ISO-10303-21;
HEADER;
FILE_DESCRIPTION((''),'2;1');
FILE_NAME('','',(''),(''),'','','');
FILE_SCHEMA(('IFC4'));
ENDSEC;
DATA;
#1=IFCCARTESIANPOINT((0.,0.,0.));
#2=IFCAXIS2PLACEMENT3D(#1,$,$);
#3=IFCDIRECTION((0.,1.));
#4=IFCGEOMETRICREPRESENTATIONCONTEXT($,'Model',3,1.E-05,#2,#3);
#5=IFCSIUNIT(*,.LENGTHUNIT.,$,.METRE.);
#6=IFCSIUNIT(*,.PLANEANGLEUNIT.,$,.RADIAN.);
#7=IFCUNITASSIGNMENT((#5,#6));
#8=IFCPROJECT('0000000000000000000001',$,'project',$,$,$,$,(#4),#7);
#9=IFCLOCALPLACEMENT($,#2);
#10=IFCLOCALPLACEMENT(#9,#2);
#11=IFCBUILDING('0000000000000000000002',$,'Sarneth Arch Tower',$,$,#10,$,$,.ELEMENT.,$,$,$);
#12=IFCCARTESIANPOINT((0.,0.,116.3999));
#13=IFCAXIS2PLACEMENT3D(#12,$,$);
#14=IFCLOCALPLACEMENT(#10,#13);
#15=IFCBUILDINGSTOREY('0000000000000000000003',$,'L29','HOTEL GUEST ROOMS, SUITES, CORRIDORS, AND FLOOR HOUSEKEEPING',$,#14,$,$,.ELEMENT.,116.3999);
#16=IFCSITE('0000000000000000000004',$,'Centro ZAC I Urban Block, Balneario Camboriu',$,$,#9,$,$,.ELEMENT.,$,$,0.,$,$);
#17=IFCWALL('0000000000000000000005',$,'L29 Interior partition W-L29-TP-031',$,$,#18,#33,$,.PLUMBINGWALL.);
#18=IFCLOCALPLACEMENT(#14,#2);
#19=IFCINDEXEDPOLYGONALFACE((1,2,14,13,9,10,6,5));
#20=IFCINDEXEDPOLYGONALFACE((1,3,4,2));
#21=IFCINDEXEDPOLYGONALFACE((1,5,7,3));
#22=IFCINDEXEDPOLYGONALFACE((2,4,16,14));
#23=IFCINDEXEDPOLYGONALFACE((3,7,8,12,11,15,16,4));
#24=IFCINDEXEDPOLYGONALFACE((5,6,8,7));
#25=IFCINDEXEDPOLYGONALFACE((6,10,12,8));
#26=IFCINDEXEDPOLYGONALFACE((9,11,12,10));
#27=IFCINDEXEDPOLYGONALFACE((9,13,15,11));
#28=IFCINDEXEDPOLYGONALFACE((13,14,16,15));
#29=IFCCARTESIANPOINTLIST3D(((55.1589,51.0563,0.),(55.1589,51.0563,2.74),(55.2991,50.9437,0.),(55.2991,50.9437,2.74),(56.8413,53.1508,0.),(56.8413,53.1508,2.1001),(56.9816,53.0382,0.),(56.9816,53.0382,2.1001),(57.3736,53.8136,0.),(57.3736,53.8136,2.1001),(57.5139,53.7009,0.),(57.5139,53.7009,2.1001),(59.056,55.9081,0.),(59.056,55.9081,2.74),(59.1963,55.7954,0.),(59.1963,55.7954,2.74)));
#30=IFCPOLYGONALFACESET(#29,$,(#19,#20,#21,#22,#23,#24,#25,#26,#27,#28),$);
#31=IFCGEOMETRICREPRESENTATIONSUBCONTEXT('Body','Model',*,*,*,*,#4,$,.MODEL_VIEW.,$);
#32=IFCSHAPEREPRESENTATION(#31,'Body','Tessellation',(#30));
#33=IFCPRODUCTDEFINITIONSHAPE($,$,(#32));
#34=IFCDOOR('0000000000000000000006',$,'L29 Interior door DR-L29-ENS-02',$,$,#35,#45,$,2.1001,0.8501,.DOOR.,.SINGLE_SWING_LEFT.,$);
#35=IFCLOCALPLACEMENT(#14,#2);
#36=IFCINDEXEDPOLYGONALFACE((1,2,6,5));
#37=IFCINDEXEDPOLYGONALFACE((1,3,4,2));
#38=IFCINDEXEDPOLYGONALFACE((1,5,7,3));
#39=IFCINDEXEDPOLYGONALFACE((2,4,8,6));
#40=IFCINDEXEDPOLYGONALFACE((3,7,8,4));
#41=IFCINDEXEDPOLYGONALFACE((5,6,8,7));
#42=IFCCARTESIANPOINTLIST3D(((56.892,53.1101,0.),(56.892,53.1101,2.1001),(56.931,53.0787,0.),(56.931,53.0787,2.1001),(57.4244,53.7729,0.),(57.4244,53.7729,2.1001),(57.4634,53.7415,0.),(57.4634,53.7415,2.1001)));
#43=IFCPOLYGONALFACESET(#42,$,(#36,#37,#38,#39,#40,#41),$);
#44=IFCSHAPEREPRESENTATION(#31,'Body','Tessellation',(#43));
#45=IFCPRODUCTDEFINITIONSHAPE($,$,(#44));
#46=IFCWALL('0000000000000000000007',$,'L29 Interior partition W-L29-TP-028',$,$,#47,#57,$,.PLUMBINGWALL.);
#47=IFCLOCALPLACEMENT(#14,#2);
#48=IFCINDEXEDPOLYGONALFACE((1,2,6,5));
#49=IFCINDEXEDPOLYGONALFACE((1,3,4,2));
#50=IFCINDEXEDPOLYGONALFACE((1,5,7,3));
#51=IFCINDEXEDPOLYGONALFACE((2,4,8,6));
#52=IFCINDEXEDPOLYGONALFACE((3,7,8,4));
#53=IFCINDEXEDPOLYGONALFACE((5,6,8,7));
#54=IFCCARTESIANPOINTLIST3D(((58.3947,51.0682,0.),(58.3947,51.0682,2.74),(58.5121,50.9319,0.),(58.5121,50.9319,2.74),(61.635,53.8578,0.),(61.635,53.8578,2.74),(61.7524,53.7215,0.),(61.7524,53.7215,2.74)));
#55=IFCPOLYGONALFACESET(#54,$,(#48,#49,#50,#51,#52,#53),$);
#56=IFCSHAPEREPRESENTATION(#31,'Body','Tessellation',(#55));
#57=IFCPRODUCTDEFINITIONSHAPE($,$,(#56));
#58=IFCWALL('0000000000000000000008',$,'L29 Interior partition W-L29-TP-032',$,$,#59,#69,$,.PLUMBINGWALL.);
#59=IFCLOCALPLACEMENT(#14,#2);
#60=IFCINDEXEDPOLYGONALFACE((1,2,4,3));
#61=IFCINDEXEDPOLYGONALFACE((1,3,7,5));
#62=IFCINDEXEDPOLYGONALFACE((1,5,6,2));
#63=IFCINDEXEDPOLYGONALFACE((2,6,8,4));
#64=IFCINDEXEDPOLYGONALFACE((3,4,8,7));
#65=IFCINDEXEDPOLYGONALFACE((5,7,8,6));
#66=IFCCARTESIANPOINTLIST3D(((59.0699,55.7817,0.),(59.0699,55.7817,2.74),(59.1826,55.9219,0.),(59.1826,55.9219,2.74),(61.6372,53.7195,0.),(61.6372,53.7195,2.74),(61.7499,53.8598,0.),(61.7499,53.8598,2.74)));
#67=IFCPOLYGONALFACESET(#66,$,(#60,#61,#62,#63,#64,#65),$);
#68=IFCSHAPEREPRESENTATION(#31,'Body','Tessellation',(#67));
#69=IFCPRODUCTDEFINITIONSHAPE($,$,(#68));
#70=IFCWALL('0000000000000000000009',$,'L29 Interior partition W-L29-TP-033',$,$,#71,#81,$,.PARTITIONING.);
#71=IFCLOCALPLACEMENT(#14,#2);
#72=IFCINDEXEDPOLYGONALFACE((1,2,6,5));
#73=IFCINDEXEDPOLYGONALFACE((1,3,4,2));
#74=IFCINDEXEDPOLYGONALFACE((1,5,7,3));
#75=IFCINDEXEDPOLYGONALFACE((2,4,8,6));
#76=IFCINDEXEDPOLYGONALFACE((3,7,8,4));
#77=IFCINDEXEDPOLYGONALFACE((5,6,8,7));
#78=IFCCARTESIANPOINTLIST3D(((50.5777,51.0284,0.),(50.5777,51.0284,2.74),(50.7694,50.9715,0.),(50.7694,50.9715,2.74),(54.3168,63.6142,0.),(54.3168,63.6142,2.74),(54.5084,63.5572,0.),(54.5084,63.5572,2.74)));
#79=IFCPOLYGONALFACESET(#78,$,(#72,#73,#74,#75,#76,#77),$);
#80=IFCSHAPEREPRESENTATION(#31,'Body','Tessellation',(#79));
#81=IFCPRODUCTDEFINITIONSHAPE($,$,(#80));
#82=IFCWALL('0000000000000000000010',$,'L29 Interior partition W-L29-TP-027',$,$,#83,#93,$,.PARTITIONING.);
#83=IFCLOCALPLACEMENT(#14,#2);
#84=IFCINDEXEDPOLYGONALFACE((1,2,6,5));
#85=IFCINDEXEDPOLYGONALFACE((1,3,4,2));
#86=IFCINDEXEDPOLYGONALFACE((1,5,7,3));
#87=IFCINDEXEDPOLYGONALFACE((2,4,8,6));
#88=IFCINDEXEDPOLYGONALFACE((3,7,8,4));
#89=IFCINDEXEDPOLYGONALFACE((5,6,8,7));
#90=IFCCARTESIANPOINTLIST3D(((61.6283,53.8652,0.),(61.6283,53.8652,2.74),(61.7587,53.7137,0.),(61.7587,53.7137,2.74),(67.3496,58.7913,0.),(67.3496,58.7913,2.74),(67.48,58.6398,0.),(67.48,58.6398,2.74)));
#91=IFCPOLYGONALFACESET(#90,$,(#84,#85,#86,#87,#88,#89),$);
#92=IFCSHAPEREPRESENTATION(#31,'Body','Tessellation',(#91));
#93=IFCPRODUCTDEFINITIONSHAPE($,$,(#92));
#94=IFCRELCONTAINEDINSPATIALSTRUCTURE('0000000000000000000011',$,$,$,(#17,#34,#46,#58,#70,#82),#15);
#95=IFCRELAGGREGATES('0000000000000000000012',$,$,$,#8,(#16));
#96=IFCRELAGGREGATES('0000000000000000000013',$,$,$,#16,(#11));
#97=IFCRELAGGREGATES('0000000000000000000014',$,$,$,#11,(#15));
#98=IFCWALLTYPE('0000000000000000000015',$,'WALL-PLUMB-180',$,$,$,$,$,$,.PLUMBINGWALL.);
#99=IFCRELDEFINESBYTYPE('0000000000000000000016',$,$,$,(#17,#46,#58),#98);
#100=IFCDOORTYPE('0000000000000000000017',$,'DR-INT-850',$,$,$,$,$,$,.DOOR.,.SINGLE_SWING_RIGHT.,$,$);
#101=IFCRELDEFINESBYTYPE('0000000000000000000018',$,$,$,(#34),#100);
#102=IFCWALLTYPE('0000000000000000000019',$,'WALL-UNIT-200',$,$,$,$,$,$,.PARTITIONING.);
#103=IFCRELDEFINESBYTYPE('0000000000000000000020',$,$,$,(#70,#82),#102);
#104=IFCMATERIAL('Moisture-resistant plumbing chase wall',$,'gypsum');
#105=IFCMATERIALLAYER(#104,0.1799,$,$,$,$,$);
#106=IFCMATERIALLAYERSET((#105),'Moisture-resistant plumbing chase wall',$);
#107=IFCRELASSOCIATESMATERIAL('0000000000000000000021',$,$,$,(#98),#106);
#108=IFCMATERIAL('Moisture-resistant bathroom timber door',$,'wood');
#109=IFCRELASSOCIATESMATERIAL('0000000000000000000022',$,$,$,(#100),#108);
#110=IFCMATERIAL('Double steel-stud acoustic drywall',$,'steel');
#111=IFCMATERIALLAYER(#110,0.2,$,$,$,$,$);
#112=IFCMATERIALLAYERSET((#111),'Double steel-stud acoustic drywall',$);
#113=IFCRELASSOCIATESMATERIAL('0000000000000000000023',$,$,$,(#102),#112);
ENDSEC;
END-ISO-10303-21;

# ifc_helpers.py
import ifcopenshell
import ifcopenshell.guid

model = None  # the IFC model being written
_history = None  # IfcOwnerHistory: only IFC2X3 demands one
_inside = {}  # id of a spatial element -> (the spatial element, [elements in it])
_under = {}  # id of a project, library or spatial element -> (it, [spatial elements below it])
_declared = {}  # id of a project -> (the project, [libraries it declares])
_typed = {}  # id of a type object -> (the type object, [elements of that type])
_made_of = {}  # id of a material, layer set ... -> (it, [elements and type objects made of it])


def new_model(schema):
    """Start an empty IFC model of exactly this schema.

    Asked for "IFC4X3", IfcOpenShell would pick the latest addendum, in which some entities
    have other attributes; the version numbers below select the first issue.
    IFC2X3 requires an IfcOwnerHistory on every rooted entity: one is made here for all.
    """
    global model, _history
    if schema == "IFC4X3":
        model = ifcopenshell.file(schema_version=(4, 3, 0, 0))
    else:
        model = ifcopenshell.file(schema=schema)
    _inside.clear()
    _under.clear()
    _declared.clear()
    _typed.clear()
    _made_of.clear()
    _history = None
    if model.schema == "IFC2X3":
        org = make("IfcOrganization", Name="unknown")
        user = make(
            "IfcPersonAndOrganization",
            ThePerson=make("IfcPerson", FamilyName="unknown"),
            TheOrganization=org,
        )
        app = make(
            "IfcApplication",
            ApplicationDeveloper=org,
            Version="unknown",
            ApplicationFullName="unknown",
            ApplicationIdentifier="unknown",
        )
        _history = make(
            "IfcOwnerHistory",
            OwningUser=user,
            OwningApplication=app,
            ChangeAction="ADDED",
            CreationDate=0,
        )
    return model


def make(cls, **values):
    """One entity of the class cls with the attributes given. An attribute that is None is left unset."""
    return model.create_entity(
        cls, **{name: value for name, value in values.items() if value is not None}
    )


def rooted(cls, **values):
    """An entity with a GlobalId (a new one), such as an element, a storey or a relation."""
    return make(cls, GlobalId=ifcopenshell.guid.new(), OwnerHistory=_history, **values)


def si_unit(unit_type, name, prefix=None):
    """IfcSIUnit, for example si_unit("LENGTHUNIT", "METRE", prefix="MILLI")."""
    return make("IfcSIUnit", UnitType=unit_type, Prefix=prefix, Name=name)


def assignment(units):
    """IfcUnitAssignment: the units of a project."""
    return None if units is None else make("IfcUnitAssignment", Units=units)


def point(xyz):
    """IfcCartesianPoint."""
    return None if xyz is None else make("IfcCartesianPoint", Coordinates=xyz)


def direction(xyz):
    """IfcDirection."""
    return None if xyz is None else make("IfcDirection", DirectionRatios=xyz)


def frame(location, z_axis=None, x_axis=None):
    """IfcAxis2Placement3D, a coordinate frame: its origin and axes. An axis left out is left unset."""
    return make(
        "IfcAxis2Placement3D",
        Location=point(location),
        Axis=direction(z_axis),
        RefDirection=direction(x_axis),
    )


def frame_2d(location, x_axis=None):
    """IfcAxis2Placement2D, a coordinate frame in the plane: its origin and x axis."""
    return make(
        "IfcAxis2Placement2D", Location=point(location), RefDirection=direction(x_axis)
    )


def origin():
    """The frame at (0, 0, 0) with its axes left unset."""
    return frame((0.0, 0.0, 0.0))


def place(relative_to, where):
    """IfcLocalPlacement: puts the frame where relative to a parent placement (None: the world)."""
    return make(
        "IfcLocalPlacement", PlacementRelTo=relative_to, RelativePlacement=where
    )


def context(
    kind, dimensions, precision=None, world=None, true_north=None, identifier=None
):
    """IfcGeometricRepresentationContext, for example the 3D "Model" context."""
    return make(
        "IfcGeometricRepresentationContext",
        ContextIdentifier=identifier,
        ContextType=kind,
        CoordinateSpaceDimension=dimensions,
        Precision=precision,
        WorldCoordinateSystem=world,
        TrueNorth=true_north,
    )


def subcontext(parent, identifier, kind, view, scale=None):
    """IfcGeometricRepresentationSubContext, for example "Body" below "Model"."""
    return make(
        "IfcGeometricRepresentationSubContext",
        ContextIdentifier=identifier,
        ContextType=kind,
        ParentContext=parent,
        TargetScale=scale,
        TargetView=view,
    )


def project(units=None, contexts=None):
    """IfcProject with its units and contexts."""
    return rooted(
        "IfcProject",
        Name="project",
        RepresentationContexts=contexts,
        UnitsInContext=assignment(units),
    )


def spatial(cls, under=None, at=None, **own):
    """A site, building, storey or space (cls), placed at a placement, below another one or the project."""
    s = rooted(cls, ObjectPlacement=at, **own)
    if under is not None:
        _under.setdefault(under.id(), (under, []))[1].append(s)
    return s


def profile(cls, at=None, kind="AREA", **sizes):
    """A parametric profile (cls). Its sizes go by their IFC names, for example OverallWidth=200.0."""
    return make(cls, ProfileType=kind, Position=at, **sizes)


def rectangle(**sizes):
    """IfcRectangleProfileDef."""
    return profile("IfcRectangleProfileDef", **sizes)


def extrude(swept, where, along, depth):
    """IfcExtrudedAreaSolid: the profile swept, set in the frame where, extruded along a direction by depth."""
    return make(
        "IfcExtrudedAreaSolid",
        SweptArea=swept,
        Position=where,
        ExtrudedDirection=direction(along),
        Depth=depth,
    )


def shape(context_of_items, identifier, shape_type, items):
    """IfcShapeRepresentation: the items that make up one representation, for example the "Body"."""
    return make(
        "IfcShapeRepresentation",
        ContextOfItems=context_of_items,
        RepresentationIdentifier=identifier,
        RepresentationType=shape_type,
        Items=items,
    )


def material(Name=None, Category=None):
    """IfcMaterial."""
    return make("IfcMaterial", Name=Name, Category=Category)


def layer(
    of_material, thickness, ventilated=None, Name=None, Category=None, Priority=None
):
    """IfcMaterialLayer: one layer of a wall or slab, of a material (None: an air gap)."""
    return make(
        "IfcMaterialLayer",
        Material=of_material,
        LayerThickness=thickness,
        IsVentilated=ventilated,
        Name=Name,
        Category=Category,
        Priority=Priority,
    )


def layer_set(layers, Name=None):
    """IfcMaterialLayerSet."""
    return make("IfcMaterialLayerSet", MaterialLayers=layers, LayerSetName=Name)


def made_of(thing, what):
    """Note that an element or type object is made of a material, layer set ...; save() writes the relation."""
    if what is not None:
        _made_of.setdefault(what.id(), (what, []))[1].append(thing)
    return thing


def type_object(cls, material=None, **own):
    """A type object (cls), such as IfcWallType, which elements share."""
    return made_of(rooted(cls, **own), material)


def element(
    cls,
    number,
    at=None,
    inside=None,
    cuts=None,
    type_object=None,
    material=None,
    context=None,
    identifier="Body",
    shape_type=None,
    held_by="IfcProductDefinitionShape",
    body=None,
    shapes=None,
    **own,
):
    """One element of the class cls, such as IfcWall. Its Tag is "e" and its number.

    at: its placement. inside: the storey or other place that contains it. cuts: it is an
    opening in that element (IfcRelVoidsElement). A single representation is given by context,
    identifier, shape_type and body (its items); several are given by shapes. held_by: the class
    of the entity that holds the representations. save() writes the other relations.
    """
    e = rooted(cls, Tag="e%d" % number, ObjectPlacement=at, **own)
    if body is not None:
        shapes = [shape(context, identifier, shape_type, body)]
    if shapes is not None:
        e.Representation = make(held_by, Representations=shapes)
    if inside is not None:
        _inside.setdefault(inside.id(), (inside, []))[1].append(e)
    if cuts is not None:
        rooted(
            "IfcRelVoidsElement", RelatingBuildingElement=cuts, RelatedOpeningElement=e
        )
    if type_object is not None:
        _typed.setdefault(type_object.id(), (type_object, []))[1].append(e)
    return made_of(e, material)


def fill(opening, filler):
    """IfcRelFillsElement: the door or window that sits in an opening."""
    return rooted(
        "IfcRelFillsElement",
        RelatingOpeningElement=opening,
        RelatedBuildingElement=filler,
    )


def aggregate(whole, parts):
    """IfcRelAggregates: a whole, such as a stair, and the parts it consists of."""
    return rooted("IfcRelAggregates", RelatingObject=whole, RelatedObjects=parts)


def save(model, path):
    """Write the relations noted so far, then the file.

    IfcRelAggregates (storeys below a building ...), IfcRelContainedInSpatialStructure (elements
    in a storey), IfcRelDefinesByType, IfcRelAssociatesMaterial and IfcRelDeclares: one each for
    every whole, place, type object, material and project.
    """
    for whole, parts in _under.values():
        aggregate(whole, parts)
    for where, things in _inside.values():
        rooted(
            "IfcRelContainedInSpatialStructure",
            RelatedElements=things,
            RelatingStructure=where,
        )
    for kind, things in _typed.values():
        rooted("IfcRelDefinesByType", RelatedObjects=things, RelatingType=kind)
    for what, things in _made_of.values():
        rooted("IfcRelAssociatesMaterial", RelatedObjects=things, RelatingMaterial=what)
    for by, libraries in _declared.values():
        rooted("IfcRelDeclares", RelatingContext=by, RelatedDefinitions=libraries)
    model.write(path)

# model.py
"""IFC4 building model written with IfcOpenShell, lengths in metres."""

from ifc_helpers import new_model, si_unit, direction, frame, frame_2d, origin, place, context, subcontext, project, spatial, rectangle, extrude, material, layer, layer_set, type_object, element, fill, save


model = new_model("IFC4")

# Units and contexts
model_context = context("Model", 3, precision=1e-05, world=origin(), true_north=direction((0.0, 1.0)))
body_context = subcontext(model_context, "Body", "Model", "MODEL_VIEW")
ifc_project = project(units=[si_unit("LENGTHUNIT", "METRE"), si_unit("PLANEANGLEUNIT", "RADIAN")], contexts=[model_context])

# Site, building, storey
site_placement = place(None, origin())
site = spatial("IfcSite", under=ifc_project, at=site_placement, Name="Centro ZAC I Urban Block, Balneario Camboriu", CompositionType="ELEMENT", RefElevation=0.0)
building_placement = place(site_placement, origin())
building = spatial("IfcBuilding", under=site, at=building_placement, Name="Sarneth Arch Tower", CompositionType="ELEMENT")
storey_placement = place(building_placement, frame((0.0, 0.0, 116.3999)))
storey = spatial("IfcBuildingStorey", under=building, at=storey_placement, Name="L29", Description="HOTEL GUEST ROOMS, SUITES, CORRIDORS, AND FLOOR HOUSEKEEPING", CompositionType="ELEMENT", Elevation=116.3999)

# Wall, opening, door
ifc_material_1 = material(Name="Moisture-resistant plumbing chase wall", Category="gypsum")
ifc_layer_1 = layer(ifc_material_1, 0.1799)
ifc_layer_set_1 = layer_set([ifc_layer_1], Name="Moisture-resistant plumbing chase wall")
wall_type_1 = type_object("IfcWallType", Name="WALL-PLUMB-180", PredefinedType="PLUMBINGWALL", material=ifc_layer_set_1)
wall_1_placement = place(storey_placement, frame((55.229, 51.0, 0.0), z_axis=(0.0, 0.0, 1.0), x_axis=(0.626239, 0.779631, 0.0)))
wall_1 = element("IfcWall", 1, at=wall_1_placement, inside=storey, type_object=wall_type_1, Name="L29 Interior partition W-L29-TP-031", PredefinedType="PLUMBINGWALL", context=body_context, shape_type="SweptSolid", body=[
    extrude(rectangle(XDim=6.2231, YDim=0.1799, at=frame_2d((3.1116, 0.0))), origin(), (0.0, 0.0, 1.0), 2.74),
])
opening_1_placement = place(wall_1_placement, frame((2.6865, 0.0, 0.0)))
opening_1 = element("IfcOpeningElement", 2, at=opening_1_placement, cuts=wall_1, PredefinedType="OPENING", context=body_context, shape_type="SweptSolid", body=[
    extrude(rectangle(XDim=0.8501, YDim=2.1001, at=frame_2d((0.425, 1.05))), frame((0.0, 0.0999, 0.0), z_axis=(0.0, -1.0, 0.0), x_axis=(1.0, 0.0, 0.0)), (0.0, 0.0, 1.0), 0.2),
])
ifc_material_2 = material(Name="Moisture-resistant bathroom timber door", Category="wood")
door_type_1 = type_object("IfcDoorType", Name="DR-INT-850", OperationType="SINGLE_SWING_RIGHT", PredefinedType="DOOR", material=ifc_material_2)
door_1_placement = place(opening_1_placement, origin())
door_1 = element("IfcDoor", 3, at=door_1_placement, inside=storey, type_object=door_type_1, Name="L29 Interior door DR-L29-ENS-02", OperationType="SINGLE_SWING_LEFT", OverallHeight=2.1001, OverallWidth=0.8501, PredefinedType="DOOR", context=body_context, shape_type="SweptSolid", body=[
    extrude(rectangle(XDim=0.8501, YDim=2.1001, at=frame_2d((0.425, 1.05))), frame((0.0, 0.0249, 0.0), z_axis=(0.0, -1.0, 0.0), x_axis=(1.0, 0.0, 0.0)), (0.0, 0.0, 1.0), 0.05),
])
fill(opening_1, door_1)

# Walls
wall_2_placement = place(storey_placement, frame((61.6936, 53.7896, 0.0), z_axis=(0.0, 0.0, 1.0), x_axis=(-0.757844, -0.652436, 0.0)))
element("IfcWall", 4, at=wall_2_placement, inside=storey, type_object=wall_type_1, Name="L29 Interior partition W-L29-TP-028", PredefinedType="PLUMBINGWALL", context=body_context, shape_type="SweptSolid", body=[
    extrude(rectangle(XDim=4.2756, YDim=0.1799, at=frame_2d((2.1377, 0.0))), origin(), (0.0, 0.0, 1.0), 2.74),
])
wall_3_placement = place(storey_placement, frame((59.1262, 55.8518, 0.0), z_axis=(0.0, 0.0, 1.0), x_axis=(0.77963, -0.62624, 0.0)))
element("IfcWall", 5, at=wall_3_placement, inside=storey, type_object=wall_type_1, Name="L29 Interior partition W-L29-TP-032", PredefinedType="PLUMBINGWALL", context=body_context, shape_type="SweptSolid", body=[
    extrude(rectangle(XDim=3.293, YDim=0.1799, at=frame_2d((1.6465, 0.0))), origin(), (0.0, 0.0, 1.0), 2.74),
])
ifc_material_3 = material(Name="Double steel-stud acoustic drywall", Category="steel")
ifc_layer_2 = layer(ifc_material_3, 0.2)
ifc_layer_set_2 = layer_set([ifc_layer_2], Name="Double steel-stud acoustic drywall")
wall_type_2 = type_object("IfcWallType", Name="WALL-UNIT-200", PredefinedType="PARTITIONING", material=ifc_layer_set_2)
wall_4_placement = place(storey_placement, frame((54.4126, 63.5857, 0.0), z_axis=(0.0, 0.0, 1.0), x_axis=(-0.284783, -0.958592, 0.0)))
element("IfcWall", 6, at=wall_4_placement, inside=storey, type_object=wall_type_2, Name="L29 Interior partition W-L29-TP-033", PredefinedType="PARTITIONING", context=body_context, shape_type="SweptSolid", body=[
    extrude(rectangle(XDim=13.1294, YDim=0.2, at=frame_2d((6.5647, 0.0))), origin(), (0.0, 0.0, 1.0), 2.74),
])
wall_5_placement = place(storey_placement, frame((67.4148, 58.7156, 0.0), z_axis=(0.0, 0.0, 1.0), x_axis=(-0.757805, -0.652481, 0.0)))
element("IfcWall", 7, at=wall_5_placement, inside=storey, type_object=wall_type_2, Name="L29 Interior partition W-L29-TP-027", PredefinedType="PARTITIONING", context=body_context, shape_type="SweptSolid", body=[
    extrude(rectangle(XDim=7.5498, YDim=0.2, at=frame_2d((3.7749, 0.0))), origin(), (0.0, 0.0, 1.0), 2.74),
])

save(model, "model.ifc")
